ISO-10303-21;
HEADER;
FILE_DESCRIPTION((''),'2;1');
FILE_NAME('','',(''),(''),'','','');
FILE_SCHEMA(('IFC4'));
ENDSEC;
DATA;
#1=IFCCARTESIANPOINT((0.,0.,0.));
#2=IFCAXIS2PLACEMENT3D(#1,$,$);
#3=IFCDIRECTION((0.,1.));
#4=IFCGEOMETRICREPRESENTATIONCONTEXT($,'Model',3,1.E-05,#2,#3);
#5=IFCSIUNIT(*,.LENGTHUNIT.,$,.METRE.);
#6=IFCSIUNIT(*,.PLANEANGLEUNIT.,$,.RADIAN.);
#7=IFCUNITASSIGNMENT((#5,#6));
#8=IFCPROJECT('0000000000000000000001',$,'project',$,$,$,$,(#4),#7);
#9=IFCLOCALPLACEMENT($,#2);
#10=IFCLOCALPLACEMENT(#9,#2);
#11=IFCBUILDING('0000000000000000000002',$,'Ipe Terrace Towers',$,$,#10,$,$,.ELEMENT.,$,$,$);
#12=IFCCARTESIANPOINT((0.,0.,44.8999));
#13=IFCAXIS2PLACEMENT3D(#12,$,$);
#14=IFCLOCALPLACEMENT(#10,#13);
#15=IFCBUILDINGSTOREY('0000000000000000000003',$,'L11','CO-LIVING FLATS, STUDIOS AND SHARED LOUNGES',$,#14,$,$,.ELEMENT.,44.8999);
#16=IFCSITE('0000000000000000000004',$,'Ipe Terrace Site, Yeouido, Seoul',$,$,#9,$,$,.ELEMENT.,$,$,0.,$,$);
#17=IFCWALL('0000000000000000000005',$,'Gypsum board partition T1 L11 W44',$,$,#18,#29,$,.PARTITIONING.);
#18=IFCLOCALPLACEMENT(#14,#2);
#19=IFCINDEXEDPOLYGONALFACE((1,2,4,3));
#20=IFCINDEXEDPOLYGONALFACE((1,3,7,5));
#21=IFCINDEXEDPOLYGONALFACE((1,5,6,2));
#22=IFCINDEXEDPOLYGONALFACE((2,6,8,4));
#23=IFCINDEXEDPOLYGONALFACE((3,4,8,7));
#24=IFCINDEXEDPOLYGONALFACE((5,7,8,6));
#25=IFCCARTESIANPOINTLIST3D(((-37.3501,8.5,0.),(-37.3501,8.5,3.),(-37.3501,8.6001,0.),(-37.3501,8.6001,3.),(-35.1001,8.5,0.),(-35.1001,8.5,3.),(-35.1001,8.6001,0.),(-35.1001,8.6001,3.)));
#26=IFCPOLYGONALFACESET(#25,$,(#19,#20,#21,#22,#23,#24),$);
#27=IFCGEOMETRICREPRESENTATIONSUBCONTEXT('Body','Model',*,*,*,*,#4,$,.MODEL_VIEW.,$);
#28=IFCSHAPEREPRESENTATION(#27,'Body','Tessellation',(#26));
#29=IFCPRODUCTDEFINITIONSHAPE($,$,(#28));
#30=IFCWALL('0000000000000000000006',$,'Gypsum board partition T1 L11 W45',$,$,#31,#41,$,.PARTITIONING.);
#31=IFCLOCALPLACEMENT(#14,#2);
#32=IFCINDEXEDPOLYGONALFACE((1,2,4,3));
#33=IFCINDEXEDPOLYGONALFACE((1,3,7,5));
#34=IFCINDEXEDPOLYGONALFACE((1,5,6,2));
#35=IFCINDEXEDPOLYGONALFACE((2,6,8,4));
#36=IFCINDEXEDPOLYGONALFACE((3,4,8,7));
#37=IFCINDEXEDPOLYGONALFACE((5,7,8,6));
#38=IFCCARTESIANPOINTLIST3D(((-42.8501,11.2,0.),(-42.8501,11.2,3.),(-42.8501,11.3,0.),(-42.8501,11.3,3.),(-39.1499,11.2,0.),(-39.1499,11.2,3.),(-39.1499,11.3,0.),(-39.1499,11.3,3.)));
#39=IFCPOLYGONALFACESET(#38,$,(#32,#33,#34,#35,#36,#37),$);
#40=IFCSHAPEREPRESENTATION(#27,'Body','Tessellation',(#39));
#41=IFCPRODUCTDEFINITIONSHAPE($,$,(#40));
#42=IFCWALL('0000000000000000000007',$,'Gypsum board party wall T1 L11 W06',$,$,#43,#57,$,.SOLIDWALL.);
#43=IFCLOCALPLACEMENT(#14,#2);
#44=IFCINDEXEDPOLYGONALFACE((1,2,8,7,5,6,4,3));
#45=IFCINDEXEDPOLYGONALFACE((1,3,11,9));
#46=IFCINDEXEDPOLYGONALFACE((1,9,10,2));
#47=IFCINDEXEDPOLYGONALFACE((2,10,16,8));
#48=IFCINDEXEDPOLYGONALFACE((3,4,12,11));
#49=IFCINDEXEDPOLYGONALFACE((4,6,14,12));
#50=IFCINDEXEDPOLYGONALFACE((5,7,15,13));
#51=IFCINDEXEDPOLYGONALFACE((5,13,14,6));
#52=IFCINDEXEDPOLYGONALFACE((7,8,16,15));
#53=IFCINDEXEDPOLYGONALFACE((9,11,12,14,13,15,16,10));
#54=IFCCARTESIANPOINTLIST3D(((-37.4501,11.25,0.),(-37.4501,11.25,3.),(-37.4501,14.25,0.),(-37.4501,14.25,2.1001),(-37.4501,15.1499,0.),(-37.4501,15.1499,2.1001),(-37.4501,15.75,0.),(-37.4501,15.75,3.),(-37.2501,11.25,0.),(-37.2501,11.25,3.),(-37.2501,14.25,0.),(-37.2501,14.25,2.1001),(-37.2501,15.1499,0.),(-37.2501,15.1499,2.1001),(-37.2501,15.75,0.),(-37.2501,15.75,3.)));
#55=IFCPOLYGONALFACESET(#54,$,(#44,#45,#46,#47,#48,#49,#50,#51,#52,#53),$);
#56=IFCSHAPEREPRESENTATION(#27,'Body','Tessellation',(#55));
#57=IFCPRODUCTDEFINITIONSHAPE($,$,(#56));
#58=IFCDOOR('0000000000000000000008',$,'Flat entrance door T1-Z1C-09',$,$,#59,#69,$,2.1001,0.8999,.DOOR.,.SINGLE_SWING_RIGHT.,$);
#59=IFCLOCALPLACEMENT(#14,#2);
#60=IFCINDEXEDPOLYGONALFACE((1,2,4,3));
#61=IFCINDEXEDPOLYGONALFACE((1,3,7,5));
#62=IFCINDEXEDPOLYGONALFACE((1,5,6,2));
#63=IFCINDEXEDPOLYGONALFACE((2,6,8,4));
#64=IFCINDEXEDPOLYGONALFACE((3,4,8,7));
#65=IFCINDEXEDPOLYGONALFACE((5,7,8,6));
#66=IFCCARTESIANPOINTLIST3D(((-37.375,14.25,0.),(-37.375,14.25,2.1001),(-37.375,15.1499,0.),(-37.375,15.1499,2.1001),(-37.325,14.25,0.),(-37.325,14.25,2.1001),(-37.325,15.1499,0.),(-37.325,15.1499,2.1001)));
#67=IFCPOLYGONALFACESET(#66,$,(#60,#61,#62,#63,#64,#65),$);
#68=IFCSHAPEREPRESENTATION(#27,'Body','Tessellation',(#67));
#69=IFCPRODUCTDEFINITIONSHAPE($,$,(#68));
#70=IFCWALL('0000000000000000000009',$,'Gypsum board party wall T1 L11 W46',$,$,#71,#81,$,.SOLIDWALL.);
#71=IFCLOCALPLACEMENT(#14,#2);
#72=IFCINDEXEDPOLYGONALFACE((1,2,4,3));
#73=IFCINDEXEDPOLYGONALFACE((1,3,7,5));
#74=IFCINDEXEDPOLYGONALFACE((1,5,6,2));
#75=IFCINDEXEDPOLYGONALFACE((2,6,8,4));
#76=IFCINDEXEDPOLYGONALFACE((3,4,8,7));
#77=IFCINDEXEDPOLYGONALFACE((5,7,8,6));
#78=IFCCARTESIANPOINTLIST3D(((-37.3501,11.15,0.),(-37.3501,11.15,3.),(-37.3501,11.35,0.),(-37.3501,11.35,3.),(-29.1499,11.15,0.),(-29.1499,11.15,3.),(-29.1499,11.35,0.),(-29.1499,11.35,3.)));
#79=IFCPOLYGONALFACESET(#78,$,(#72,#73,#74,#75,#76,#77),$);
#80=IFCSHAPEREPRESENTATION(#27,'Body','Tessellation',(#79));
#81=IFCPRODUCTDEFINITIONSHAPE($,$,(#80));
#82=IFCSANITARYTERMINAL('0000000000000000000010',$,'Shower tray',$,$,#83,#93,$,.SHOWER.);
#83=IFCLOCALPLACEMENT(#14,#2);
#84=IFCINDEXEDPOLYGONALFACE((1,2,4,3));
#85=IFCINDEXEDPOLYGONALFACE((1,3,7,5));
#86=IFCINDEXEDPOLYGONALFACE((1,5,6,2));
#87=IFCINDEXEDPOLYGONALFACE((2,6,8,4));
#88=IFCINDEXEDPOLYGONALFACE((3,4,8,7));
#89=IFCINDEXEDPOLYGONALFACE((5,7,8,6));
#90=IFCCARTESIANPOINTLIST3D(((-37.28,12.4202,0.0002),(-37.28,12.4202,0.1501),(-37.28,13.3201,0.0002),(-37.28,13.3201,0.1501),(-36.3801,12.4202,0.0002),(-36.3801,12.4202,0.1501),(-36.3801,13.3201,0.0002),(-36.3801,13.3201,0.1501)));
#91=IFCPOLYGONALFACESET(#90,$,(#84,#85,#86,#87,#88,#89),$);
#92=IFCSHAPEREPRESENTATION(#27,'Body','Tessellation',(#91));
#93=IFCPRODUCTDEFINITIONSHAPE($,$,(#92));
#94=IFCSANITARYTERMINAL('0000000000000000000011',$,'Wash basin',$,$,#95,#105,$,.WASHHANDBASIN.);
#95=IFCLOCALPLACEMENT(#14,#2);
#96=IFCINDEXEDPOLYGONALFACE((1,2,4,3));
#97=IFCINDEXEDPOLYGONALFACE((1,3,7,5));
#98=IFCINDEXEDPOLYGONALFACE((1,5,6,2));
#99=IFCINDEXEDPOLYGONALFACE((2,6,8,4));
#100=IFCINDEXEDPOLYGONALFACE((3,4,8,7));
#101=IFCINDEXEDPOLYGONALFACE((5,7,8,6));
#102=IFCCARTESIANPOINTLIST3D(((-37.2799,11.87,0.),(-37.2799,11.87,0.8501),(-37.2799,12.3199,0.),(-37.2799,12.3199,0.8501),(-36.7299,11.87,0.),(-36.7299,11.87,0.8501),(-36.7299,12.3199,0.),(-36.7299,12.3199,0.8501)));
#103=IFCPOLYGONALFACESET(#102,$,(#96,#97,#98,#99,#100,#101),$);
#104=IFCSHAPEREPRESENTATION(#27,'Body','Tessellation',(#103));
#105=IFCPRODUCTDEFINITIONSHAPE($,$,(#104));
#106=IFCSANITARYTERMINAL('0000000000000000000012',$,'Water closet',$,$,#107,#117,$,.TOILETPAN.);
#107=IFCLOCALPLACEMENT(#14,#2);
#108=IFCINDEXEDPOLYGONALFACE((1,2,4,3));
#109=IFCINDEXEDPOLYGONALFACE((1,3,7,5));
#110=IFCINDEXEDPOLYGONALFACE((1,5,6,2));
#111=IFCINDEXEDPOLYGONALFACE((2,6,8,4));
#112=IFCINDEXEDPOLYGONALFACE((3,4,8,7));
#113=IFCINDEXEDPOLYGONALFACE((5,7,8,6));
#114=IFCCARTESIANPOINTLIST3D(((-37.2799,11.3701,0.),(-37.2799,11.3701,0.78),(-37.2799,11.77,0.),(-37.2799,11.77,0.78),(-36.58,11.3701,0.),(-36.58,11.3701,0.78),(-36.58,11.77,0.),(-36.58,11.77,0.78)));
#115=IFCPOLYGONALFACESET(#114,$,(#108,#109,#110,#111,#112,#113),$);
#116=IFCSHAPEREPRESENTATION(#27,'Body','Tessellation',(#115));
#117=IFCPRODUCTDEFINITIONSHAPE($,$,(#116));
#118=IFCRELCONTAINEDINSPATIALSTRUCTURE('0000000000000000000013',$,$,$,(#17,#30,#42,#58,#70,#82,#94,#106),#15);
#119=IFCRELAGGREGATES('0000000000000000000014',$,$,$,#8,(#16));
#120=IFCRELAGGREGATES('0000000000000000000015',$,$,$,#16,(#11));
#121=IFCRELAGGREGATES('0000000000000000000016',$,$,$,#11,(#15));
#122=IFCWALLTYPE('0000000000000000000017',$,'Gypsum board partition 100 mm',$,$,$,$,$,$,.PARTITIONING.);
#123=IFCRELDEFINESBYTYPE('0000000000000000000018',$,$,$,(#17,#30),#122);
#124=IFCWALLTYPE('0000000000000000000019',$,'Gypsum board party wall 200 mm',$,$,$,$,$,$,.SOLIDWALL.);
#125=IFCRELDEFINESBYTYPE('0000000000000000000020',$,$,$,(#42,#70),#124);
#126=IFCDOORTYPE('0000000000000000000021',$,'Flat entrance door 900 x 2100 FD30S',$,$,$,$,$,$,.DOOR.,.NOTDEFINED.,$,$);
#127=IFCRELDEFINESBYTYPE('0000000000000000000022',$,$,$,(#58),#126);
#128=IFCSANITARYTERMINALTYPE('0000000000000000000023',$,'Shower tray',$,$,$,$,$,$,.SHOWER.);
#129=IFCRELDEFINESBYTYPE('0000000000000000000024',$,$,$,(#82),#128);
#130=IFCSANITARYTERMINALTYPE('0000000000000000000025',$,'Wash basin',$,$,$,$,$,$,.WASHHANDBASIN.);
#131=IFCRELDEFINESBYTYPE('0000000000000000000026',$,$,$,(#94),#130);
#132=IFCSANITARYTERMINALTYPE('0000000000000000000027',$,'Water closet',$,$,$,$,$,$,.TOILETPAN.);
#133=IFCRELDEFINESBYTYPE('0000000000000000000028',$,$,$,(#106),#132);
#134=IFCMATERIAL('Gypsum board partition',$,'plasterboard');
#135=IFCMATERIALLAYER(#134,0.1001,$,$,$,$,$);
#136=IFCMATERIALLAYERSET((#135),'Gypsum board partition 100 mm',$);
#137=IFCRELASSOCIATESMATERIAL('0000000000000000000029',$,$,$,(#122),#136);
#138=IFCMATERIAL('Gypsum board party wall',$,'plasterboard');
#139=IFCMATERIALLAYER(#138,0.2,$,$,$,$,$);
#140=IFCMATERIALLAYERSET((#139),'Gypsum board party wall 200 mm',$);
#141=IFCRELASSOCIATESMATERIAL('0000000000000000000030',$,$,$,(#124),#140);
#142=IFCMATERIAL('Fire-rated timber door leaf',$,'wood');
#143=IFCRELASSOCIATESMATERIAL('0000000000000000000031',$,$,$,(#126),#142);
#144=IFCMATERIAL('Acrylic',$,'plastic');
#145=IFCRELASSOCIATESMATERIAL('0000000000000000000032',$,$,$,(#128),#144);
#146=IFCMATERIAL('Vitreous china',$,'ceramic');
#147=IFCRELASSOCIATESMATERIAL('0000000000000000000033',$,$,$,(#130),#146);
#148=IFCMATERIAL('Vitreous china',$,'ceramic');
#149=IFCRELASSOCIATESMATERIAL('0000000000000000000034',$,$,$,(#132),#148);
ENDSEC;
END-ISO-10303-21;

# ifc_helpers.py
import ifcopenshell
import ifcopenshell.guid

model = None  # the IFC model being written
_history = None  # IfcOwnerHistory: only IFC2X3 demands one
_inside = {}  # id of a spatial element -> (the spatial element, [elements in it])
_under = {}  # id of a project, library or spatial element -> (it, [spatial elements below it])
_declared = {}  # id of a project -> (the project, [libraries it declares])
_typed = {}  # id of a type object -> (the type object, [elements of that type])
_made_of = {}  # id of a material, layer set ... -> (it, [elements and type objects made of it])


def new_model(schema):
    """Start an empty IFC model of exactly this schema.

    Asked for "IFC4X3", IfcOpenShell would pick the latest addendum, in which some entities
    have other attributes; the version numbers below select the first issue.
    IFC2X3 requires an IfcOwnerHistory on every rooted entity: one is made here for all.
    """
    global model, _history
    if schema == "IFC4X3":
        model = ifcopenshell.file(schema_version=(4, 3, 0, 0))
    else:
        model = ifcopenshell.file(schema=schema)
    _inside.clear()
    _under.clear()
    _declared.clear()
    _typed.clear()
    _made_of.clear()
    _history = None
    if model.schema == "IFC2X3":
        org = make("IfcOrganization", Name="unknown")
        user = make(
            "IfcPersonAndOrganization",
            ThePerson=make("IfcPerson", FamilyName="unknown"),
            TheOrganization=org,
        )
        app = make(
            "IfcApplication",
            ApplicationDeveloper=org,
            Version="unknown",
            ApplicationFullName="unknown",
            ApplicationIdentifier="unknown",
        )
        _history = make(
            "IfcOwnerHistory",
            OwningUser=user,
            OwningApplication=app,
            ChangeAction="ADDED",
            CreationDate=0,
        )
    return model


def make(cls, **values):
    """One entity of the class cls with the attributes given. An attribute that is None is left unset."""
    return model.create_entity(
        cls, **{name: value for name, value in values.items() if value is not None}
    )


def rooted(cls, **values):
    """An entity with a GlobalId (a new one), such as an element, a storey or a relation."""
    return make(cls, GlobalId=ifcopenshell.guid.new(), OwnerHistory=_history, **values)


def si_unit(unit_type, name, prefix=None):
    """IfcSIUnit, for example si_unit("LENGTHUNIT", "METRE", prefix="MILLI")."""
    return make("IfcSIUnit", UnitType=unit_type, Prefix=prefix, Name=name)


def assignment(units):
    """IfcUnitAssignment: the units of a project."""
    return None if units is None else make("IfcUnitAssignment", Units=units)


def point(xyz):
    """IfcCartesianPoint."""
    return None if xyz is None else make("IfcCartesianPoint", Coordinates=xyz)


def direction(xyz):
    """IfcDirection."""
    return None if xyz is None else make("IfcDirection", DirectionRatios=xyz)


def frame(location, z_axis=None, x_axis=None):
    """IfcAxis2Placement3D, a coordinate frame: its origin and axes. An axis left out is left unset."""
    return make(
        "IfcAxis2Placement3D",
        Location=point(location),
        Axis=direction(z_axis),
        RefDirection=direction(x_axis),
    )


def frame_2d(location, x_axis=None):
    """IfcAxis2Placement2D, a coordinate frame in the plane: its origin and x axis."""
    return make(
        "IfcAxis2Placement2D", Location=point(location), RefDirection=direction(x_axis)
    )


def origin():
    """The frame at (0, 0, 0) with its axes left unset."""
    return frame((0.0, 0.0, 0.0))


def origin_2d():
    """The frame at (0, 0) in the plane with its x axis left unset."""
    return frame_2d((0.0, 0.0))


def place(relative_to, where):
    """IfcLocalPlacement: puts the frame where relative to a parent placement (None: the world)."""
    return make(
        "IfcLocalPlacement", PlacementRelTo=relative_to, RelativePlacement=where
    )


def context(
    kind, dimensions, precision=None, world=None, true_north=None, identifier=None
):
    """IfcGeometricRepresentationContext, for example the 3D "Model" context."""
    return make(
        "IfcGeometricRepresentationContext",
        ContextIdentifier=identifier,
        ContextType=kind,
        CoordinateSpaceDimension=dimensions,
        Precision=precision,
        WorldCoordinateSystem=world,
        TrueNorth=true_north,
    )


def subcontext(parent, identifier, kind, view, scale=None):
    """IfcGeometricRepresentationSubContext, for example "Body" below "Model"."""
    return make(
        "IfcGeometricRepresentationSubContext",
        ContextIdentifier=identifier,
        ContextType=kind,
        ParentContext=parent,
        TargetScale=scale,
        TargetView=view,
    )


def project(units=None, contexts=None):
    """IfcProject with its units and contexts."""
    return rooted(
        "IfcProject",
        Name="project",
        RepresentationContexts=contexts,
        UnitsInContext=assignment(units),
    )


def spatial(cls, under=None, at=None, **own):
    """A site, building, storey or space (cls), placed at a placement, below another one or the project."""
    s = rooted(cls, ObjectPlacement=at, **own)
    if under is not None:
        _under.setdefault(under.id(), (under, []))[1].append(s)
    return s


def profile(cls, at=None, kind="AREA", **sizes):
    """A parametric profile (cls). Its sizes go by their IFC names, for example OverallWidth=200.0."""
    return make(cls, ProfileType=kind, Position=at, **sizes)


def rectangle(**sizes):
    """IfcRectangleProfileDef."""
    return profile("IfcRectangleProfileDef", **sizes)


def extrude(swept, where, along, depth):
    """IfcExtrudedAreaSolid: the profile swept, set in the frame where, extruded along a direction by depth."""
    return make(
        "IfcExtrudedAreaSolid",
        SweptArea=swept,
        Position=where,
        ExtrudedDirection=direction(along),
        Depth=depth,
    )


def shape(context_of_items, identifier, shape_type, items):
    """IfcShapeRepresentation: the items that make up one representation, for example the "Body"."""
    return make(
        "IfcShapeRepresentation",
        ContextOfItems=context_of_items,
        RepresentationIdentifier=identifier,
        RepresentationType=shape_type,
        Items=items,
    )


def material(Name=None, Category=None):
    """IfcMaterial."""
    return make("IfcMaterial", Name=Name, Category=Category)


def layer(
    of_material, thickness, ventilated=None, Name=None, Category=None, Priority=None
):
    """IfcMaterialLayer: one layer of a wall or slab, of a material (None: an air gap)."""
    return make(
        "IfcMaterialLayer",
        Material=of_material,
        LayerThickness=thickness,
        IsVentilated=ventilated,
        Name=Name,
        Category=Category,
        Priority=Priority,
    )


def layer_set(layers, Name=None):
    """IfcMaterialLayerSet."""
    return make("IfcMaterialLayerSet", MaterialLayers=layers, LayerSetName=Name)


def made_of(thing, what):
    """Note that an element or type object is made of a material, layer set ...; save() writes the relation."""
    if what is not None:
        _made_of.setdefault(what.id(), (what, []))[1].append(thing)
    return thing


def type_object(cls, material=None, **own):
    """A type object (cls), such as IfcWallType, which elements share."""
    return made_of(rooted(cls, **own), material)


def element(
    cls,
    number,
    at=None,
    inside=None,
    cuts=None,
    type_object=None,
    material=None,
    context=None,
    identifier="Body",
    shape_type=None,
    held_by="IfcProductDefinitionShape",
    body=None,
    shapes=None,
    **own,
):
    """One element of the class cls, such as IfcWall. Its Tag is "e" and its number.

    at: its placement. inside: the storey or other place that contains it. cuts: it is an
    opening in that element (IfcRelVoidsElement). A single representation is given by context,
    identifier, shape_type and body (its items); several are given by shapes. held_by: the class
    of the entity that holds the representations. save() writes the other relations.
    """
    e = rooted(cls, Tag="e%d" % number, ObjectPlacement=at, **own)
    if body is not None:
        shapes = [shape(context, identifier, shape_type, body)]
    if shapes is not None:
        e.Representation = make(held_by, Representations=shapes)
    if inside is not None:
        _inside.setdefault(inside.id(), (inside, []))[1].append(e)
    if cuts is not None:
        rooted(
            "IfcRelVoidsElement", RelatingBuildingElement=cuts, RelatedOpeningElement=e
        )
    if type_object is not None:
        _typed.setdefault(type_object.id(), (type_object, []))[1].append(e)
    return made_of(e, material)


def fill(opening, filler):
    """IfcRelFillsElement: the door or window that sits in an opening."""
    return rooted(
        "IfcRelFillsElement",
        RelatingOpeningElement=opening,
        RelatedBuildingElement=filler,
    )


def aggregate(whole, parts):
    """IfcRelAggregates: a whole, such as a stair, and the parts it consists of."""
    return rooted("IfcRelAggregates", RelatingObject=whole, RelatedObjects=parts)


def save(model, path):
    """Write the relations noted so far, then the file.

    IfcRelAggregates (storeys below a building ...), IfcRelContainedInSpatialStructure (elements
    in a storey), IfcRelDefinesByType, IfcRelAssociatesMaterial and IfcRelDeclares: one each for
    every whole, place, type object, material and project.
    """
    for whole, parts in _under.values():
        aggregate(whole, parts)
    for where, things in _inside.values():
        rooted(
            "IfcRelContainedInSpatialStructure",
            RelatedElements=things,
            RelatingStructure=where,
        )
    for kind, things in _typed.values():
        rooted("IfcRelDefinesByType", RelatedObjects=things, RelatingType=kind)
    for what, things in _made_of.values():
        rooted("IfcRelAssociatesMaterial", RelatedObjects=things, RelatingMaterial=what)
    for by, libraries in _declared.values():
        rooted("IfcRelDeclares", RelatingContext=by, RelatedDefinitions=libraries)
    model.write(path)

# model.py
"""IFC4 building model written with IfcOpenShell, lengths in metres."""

from ifc_helpers import new_model, si_unit, direction, frame, frame_2d, origin, origin_2d, place, context, subcontext, project, spatial, rectangle, extrude, material, layer, layer_set, type_object, element, fill, save


model = new_model("IFC4")

# Units and contexts
model_context = context("Model", 3, precision=1e-05, world=origin(), true_north=direction((0.0, 1.0)))
body_context = subcontext(model_context, "Body", "Model", "MODEL_VIEW")
ifc_project = project(units=[si_unit("LENGTHUNIT", "METRE"), si_unit("PLANEANGLEUNIT", "RADIAN")], contexts=[model_context])

# Site, building, storey
site_placement = place(None, origin())
site = spatial("IfcSite", under=ifc_project, at=site_placement, Name="Ipe Terrace Site, Yeouido, Seoul", CompositionType="ELEMENT", RefElevation=0.0)
building_placement = place(site_placement, origin())
building = spatial("IfcBuilding", under=site, at=building_placement, Name="Ipe Terrace Towers", CompositionType="ELEMENT")
storey_placement = place(building_placement, frame((0.0, 0.0, 44.8999)))
storey = spatial("IfcBuildingStorey", under=building, at=storey_placement, Name="L11", Description="CO-LIVING FLATS, STUDIOS AND SHARED LOUNGES", CompositionType="ELEMENT", Elevation=44.8999)

# Shared definitions
ifc_material_1 = material(Name="Gypsum board partition", Category="plasterboard")
ifc_layer_1 = layer(ifc_material_1, 0.1001)
ifc_layer_set_1 = layer_set([ifc_layer_1], Name="Gypsum board partition 100 mm")
wall_type_1 = type_object("IfcWallType", Name="Gypsum board partition 100 mm", PredefinedType="PARTITIONING", material=ifc_layer_set_1)

# Walls
wall_1_placement = place(storey_placement, frame((-37.3501, 8.55, 0.0), z_axis=(0.0, 0.0, 1.0), x_axis=(1.0, 0.0, 0.0)))
element("IfcWall", 1, at=wall_1_placement, inside=storey, type_object=wall_type_1, Name="Gypsum board partition T1 L11 W44", PredefinedType="PARTITIONING", context=body_context, shape_type="SweptSolid", body=[
    extrude(rectangle(XDim=2.25, YDim=0.1001, at=frame_2d((1.125, 0.0))), origin(), (0.0, 0.0, 1.0), 3.0),
])
wall_2_placement = place(storey_placement, frame((-42.8501, 11.25, 0.0), z_axis=(0.0, 0.0, 1.0), x_axis=(1.0, 0.0, 0.0)))
element("IfcWall", 2, at=wall_2_placement, inside=storey, type_object=wall_type_1, Name="Gypsum board partition T1 L11 W45", PredefinedType="PARTITIONING", context=body_context, shape_type="SweptSolid", body=[
    extrude(rectangle(XDim=3.7002, YDim=0.1001, at=frame_2d((1.8501, 0.0))), origin(), (0.0, 0.0, 1.0), 3.0),
])

# Wall, opening, door
ifc_material_2 = material(Name="Gypsum board party wall", Category="plasterboard")
ifc_layer_2 = layer(ifc_material_2, 0.2)
ifc_layer_set_2 = layer_set([ifc_layer_2], Name="Gypsum board party wall 200 mm")
wall_type_2 = type_object("IfcWallType", Name="Gypsum board party wall 200 mm", PredefinedType="SOLIDWALL", material=ifc_layer_set_2)
wall_3_placement = place(storey_placement, frame((-37.3501, 11.25, 0.0), z_axis=(0.0, 0.0, 1.0), x_axis=(0.0, 1.0, 0.0)))
wall_3 = element("IfcWall", 3, at=wall_3_placement, inside=storey, type_object=wall_type_2, Name="Gypsum board party wall T1 L11 W06", PredefinedType="SOLIDWALL", context=body_context, shape_type="SweptSolid", body=[
    extrude(rectangle(XDim=4.5, YDim=0.2, at=frame_2d((2.25, 0.0))), origin(), (0.0, 0.0, 1.0), 3.0),
])
opening_1_placement = place(wall_3_placement, frame((3.0, 0.0, 0.0)))
opening_1 = element("IfcOpeningElement", 4, at=opening_1_placement, cuts=wall_3, PredefinedType="OPENING", context=body_context, shape_type="SweptSolid", body=[
    extrude(rectangle(XDim=0.8999, YDim=2.1001, at=frame_2d((0.45, 1.05))), frame((0.0, 0.1099, 0.0), z_axis=(0.0, -1.0, 0.0), x_axis=(1.0, 0.0, 0.0)), (0.0, 0.0, 1.0), 0.22),
])
ifc_material_3 = material(Name="Fire-rated timber door leaf", Category="wood")
door_type_1 = type_object("IfcDoorType", Name="Flat entrance door 900 x 2100 FD30S", OperationType="NOTDEFINED", PredefinedType="DOOR", material=ifc_material_3)
door_1_placement = place(opening_1_placement, origin())
door_1 = element("IfcDoor", 5, at=door_1_placement, inside=storey, type_object=door_type_1, Name="Flat entrance door T1-Z1C-09", OperationType="SINGLE_SWING_RIGHT", OverallHeight=2.1001, OverallWidth=0.8999, PredefinedType="DOOR", context=body_context, shape_type="SweptSolid", body=[
    extrude(rectangle(XDim=0.8999, YDim=2.1001, at=frame_2d((0.45, 1.05))), frame((0.0, 0.0249, 0.0), z_axis=(0.0, -1.0, 0.0), x_axis=(1.0, 0.0, 0.0)), (0.0, 0.0, 1.0), 0.05),
])
fill(opening_1, door_1)

# Wall
wall_4_placement = place(storey_placement, frame((-37.3501, 11.25, 0.0), z_axis=(0.0, 0.0, 1.0), x_axis=(1.0, 0.0, 0.0)))
element("IfcWall", 6, at=wall_4_placement, inside=storey, type_object=wall_type_2, Name="Gypsum board party wall T1 L11 W46", PredefinedType="SOLIDWALL", context=body_context, shape_type="SweptSolid", body=[
    extrude(rectangle(XDim=8.2002, YDim=0.2, at=frame_2d((4.1001, 0.0))), origin(), (0.0, 0.0, 1.0), 3.0),
])

# Sanitary terminals
ifc_material_4 = material(Name="Acrylic", Category="plastic")
sanitary_terminal_type_1 = type_object("IfcSanitaryTerminalType", Name="Shower tray", PredefinedType="SHOWER", material=ifc_material_4)
sanitary_terminal_1_placement = place(storey_placement, frame((-36.8301, 12.8701, 0.0002), z_axis=(0.0, 0.0, 1.0), x_axis=(1.0, 0.0, 0.0)))
element("IfcSanitaryTerminal", 7, at=sanitary_terminal_1_placement, inside=storey, type_object=sanitary_terminal_type_1, Name="Shower tray", PredefinedType="SHOWER", context=body_context, shape_type="SweptSolid", body=[
    extrude(rectangle(XDim=0.8999, YDim=0.8999, at=origin_2d()), origin(), (0.0, 0.0, 1.0), 0.1499),
])
ifc_material_5 = material(Name="Vitreous china", Category="ceramic")
sanitary_terminal_type_2 = type_object("IfcSanitaryTerminalType", Name="Wash basin", PredefinedType="WASHHANDBASIN", material=ifc_material_5)
sanitary_terminal_2_placement = place(storey_placement, frame((-37.0049, 12.095, 0.0), z_axis=(0.0, 0.0, 1.0), x_axis=(1.0, 0.0, 0.0)))
element("IfcSanitaryTerminal", 8, at=sanitary_terminal_2_placement, inside=storey, type_object=sanitary_terminal_type_2, Name="Wash basin", PredefinedType="WASHHANDBASIN", context=body_context, shape_type="SweptSolid", body=[
    extrude(rectangle(XDim=0.55, YDim=0.45, at=origin_2d()), origin(), (0.0, 0.0, 1.0), 0.8501),
])
ifc_material_6 = material(Name="Vitreous china", Category="ceramic")
sanitary_terminal_type_3 = type_object("IfcSanitaryTerminalType", Name="Water closet", PredefinedType="TOILETPAN", material=ifc_material_6)
sanitary_terminal_3_placement = place(storey_placement, frame((-36.9299, 11.5701, 0.0), z_axis=(0.0, 0.0, 1.0), x_axis=(1.0, 0.0, 0.0)))
element("IfcSanitaryTerminal", 9, at=sanitary_terminal_3_placement, inside=storey, type_object=sanitary_terminal_type_3, Name="Water closet", PredefinedType="TOILETPAN", context=body_context, shape_type="SweptSolid", body=[
    extrude(rectangle(XDim=0.7, YDim=0.3999, at=origin_2d()), origin(), (0.0, 0.0, 1.0), 0.78),
])

save(model, "model.ifc")
